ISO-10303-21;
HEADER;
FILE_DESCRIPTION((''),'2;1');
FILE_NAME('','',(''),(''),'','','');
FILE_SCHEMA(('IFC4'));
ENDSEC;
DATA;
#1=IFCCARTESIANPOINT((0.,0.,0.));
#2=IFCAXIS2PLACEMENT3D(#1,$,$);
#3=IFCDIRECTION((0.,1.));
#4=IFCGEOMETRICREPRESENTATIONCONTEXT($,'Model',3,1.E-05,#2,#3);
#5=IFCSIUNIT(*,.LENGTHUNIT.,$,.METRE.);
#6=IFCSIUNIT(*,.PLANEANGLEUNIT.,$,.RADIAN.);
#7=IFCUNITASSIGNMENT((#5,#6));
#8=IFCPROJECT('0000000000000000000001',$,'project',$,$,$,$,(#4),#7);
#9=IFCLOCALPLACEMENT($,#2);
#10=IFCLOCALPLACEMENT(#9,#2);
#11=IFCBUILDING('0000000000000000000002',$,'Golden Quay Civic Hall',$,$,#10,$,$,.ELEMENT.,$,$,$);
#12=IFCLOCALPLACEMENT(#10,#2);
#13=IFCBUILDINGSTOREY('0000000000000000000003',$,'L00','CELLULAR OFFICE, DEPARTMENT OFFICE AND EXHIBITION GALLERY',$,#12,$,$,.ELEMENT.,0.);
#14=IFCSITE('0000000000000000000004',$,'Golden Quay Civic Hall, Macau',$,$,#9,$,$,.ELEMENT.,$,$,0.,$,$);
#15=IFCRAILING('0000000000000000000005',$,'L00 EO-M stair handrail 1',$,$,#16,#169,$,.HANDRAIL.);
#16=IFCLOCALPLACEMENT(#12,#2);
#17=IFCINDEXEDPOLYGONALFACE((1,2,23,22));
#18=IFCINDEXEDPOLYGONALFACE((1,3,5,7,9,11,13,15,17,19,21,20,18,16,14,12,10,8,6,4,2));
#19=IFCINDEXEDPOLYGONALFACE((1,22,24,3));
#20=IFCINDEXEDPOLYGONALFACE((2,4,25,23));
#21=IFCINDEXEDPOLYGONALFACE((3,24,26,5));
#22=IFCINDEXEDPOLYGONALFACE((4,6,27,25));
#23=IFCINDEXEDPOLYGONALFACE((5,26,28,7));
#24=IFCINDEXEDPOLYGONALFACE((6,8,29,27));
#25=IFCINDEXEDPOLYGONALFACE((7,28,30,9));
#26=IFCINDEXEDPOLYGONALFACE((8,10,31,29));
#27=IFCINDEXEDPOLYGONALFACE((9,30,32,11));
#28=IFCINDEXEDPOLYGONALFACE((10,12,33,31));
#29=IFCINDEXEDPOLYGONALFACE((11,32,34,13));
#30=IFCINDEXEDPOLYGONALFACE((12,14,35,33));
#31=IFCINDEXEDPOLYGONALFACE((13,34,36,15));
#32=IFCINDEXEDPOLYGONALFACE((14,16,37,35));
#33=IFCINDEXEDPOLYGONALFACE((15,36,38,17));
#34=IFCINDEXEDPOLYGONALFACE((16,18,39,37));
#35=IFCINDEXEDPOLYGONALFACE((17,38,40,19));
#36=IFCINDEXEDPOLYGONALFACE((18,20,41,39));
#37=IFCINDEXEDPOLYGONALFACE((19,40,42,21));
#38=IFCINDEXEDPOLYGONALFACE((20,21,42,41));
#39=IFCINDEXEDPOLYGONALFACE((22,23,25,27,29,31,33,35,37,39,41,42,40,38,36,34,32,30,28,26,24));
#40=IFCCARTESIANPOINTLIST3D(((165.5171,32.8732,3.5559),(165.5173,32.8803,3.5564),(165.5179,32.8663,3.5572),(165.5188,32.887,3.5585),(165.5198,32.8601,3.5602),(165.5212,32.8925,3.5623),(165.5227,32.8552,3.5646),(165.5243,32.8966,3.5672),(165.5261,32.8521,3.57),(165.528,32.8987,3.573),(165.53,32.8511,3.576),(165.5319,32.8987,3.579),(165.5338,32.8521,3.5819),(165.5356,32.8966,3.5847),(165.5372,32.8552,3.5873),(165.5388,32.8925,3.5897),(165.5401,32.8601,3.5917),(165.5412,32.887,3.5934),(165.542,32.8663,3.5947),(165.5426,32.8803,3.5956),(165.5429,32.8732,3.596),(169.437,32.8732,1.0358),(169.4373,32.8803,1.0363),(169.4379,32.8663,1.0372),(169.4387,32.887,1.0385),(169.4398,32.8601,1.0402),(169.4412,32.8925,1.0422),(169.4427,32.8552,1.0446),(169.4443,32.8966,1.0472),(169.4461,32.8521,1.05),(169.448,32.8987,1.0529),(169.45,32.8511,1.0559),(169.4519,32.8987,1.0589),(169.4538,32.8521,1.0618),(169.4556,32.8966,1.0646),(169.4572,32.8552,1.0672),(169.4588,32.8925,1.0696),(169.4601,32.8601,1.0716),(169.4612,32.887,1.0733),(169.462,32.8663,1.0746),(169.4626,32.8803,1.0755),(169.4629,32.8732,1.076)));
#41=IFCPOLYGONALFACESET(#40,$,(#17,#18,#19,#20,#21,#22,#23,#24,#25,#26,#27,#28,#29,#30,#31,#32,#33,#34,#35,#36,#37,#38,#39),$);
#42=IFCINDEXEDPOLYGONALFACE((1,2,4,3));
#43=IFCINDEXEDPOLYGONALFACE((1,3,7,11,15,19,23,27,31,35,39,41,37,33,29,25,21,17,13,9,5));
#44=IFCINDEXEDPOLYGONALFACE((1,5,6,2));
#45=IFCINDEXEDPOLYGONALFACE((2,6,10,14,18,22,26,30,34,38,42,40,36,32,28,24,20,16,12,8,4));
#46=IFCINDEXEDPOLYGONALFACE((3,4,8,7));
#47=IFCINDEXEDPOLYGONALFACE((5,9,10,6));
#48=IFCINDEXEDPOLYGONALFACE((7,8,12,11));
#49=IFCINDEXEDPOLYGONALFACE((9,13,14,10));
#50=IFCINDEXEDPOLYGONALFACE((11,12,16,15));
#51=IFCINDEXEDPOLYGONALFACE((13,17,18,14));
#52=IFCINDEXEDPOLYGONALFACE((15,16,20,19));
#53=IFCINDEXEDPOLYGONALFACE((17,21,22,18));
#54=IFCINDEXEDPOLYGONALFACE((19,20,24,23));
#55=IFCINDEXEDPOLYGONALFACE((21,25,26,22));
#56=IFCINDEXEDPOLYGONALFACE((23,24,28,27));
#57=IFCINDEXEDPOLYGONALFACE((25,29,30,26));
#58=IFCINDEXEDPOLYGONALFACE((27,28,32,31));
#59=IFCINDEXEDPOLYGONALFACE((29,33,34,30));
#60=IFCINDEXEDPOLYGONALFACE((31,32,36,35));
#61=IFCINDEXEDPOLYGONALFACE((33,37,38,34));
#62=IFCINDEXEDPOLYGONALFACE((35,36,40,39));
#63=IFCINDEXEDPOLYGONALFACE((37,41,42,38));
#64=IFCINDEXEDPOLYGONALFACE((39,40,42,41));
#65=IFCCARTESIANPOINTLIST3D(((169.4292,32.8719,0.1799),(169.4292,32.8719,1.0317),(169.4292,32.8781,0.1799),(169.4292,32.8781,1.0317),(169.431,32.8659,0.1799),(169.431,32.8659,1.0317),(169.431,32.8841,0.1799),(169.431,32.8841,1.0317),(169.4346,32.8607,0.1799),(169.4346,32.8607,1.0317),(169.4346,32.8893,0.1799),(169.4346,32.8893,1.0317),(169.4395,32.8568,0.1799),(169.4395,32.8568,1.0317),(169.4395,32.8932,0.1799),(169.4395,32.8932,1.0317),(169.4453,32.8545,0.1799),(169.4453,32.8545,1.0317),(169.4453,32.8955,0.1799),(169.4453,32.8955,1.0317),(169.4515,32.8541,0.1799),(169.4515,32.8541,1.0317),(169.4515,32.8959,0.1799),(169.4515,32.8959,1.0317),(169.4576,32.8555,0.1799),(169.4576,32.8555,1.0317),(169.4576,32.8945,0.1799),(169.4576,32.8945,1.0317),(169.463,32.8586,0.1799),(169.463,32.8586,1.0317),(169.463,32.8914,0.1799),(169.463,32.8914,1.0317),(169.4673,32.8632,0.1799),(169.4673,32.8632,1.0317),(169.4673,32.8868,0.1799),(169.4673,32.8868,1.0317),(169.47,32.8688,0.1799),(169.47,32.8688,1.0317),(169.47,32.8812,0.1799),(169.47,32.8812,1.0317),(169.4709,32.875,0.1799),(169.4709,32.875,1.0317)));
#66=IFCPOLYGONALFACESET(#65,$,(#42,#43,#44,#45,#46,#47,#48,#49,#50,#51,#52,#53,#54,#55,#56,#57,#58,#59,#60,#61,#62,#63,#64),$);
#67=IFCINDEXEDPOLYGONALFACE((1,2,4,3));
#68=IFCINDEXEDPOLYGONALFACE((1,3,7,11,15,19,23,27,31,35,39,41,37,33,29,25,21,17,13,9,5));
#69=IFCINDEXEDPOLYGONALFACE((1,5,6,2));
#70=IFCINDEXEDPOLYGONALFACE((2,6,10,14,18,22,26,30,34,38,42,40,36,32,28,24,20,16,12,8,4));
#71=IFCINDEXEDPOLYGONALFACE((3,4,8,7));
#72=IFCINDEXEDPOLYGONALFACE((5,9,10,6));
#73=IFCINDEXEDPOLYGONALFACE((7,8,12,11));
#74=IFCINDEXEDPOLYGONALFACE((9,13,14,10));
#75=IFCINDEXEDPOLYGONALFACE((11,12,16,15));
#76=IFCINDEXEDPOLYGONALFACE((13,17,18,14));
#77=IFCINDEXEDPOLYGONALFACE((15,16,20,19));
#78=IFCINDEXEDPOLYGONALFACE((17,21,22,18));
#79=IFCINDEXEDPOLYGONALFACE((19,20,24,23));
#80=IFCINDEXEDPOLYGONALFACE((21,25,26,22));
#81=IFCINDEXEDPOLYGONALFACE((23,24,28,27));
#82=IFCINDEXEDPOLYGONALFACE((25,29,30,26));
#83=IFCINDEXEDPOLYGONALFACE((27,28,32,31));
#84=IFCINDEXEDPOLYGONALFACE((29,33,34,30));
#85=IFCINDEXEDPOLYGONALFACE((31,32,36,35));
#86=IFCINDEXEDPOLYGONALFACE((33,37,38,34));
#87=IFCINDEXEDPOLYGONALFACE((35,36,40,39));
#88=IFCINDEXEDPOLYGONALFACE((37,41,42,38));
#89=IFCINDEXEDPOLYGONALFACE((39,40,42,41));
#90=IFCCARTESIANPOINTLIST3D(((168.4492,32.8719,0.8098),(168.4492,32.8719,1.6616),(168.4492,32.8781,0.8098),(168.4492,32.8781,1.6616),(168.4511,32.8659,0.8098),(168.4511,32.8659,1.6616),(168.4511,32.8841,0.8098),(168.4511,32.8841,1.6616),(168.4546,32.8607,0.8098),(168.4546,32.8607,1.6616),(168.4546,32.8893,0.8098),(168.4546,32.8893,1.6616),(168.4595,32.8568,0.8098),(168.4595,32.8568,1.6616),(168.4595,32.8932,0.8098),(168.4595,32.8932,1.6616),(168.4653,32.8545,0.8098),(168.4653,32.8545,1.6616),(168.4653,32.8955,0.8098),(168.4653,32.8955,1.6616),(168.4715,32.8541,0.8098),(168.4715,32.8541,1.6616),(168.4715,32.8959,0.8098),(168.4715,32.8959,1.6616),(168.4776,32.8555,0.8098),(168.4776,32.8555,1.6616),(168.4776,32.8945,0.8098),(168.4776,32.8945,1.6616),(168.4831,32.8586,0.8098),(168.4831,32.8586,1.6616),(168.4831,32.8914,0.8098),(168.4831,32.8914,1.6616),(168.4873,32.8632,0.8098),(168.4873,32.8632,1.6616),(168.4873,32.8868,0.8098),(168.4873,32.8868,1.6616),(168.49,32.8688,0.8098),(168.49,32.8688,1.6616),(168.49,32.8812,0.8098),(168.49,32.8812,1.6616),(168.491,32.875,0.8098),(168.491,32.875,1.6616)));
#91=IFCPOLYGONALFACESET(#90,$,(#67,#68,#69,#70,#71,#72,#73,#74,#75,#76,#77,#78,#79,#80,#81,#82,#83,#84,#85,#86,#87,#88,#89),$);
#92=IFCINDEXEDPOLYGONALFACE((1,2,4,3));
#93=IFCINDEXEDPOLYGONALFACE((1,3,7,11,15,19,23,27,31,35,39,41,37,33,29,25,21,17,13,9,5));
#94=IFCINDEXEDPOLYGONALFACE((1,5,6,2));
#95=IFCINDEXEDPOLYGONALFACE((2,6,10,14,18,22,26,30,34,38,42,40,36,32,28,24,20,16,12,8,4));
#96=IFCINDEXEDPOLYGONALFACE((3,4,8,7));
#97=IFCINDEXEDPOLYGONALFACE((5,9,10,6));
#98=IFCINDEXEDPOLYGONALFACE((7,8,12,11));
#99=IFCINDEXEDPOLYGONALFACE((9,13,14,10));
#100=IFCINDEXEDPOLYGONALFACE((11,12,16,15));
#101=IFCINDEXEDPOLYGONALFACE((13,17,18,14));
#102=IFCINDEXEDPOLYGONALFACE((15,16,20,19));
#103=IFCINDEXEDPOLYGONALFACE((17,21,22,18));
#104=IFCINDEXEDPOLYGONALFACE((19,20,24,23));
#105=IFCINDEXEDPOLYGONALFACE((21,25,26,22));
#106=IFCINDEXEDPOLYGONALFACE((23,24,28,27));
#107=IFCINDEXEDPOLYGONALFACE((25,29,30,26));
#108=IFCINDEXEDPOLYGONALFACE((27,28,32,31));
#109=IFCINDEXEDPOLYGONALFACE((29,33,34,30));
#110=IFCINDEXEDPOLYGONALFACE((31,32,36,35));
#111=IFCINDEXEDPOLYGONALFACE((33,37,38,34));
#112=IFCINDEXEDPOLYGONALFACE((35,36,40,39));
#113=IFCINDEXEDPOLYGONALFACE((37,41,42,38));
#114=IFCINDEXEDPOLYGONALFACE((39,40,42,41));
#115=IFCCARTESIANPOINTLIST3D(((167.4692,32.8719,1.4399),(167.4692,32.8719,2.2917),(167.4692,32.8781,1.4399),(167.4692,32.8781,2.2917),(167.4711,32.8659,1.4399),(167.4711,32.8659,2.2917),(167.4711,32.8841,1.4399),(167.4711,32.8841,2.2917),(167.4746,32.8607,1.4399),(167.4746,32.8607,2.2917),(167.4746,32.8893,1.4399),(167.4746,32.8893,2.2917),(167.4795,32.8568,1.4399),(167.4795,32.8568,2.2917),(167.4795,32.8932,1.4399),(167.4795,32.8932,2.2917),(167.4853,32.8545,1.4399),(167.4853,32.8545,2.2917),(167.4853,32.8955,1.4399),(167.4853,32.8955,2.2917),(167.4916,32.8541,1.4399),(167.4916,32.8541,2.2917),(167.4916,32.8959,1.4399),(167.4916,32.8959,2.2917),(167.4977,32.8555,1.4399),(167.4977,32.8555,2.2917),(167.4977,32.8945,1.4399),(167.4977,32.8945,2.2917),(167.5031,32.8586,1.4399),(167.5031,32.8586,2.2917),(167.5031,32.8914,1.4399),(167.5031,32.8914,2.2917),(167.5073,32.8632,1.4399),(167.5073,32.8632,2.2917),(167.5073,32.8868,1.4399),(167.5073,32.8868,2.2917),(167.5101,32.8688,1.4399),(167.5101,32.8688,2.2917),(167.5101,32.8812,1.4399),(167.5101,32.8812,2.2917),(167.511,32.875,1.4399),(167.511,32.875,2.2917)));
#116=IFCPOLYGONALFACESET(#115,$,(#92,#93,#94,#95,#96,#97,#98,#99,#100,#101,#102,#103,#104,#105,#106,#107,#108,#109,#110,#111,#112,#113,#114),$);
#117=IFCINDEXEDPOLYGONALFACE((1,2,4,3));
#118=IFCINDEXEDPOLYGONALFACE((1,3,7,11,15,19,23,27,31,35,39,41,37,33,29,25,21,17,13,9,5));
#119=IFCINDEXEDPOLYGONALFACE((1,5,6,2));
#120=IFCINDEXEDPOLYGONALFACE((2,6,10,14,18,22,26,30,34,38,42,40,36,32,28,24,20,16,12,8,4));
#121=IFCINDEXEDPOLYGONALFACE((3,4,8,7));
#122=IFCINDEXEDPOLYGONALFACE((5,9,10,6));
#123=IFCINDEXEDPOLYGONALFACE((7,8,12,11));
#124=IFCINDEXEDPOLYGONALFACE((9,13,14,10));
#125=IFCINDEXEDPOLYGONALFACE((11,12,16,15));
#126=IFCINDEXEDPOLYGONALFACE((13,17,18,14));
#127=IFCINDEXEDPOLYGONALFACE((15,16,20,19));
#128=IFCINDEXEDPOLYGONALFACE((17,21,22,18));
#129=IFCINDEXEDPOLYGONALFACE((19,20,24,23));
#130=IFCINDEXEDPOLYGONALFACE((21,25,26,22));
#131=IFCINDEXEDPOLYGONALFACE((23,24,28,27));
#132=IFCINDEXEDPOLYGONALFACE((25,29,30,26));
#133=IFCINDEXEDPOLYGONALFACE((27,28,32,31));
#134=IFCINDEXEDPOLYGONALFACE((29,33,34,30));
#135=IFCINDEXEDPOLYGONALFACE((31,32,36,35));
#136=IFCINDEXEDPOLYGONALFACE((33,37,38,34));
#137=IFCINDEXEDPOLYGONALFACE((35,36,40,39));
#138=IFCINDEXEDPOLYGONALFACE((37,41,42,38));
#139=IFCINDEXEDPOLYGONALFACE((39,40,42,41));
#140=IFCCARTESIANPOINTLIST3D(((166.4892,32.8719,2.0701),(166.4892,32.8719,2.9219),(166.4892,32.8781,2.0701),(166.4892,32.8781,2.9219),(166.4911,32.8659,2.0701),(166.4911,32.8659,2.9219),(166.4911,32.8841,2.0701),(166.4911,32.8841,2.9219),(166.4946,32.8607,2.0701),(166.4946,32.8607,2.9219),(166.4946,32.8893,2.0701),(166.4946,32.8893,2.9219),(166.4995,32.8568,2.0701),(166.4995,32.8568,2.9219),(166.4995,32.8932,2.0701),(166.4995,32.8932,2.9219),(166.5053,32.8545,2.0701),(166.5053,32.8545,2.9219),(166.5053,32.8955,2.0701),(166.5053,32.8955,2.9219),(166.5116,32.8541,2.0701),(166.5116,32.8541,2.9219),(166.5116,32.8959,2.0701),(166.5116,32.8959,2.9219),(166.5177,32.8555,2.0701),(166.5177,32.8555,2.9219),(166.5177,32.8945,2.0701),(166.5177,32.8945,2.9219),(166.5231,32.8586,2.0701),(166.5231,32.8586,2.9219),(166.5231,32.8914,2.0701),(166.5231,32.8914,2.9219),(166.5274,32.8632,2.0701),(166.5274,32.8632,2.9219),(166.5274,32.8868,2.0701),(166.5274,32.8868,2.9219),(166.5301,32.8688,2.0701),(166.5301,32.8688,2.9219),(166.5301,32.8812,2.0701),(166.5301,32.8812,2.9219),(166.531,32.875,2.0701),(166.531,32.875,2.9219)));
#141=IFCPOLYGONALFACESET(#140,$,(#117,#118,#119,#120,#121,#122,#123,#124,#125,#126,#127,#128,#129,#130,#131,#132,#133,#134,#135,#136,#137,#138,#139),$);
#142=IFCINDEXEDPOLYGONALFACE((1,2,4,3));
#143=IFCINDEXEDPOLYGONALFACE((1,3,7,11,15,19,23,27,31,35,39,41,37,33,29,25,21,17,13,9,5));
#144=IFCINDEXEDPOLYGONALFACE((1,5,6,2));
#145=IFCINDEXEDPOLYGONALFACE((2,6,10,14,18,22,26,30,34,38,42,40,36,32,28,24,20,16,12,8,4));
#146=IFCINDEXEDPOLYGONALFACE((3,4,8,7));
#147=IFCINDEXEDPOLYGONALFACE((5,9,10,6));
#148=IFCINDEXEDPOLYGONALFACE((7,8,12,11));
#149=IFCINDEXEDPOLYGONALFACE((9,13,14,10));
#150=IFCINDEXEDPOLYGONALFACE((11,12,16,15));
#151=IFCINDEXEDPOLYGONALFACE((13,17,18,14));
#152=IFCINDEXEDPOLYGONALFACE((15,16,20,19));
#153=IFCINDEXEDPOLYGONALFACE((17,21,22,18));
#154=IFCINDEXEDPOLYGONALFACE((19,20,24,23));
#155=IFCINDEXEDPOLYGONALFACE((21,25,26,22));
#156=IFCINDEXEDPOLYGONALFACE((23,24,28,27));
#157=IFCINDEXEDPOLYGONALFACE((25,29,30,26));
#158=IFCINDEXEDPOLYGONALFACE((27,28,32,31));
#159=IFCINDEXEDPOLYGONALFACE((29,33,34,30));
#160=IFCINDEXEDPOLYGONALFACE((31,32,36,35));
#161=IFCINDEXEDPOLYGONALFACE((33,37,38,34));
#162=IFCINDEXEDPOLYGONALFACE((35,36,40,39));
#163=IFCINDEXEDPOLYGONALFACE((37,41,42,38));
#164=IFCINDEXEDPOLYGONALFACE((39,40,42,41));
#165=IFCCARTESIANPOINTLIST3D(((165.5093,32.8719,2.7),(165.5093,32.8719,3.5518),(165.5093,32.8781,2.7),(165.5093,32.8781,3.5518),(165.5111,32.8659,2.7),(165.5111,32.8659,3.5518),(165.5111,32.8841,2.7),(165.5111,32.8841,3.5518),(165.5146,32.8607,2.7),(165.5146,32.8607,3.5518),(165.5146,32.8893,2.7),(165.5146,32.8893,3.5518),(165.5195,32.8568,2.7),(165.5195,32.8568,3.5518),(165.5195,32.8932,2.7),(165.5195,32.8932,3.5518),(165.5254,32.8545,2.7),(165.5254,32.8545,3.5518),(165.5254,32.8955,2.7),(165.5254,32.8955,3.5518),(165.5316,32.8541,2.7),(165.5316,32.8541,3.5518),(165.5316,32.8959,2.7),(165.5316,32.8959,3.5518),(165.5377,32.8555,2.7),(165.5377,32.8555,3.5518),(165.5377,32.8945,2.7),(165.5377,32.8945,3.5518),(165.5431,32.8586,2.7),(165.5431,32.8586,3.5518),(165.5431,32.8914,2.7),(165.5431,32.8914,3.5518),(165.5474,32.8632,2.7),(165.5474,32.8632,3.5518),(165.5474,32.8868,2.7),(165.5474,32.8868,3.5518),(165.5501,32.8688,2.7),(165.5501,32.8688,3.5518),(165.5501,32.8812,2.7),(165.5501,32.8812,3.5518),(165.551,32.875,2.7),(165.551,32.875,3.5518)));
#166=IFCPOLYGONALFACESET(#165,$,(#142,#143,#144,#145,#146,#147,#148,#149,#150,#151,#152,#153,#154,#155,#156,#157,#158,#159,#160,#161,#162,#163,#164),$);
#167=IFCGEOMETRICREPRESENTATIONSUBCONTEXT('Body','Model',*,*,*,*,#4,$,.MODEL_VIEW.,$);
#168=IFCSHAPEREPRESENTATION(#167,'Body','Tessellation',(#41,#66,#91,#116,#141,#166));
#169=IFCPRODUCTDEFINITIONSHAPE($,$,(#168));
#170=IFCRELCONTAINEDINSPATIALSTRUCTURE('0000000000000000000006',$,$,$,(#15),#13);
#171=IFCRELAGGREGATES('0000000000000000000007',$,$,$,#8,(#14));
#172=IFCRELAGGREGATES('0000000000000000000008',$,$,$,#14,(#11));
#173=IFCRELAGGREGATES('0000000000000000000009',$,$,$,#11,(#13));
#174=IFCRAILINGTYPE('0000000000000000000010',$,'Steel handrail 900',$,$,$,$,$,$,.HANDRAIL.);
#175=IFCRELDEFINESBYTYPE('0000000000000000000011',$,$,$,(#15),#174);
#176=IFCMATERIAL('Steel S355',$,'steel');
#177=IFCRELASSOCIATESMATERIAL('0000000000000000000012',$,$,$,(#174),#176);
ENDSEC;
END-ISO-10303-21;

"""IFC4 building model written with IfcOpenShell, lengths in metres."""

from ifc_helpers import new_model, si_unit, direction, frame, origin, origin_2d, place, context, subcontext, project, spatial, circle, extrude, material, type_object, element, save


model = new_model("IFC4")

# Units and contexts
model_context = context("Model", 3, precision=1e-05, world=origin(), true_north=direction((0.0, 1.0)))
body_context = subcontext(model_context, "Body", "Model", "MODEL_VIEW")
ifc_project = project(units=[si_unit("LENGTHUNIT", "METRE"), si_unit("PLANEANGLEUNIT", "RADIAN")], contexts=[model_context])

# Site, building, storey
site_placement = place(None, origin())
site = spatial("IfcSite", under=ifc_project, at=site_placement, Name="Golden Quay Civic Hall, Macau", CompositionType="ELEMENT", RefElevation=0.0)
building_placement = place(site_placement, origin())
building = spatial("IfcBuilding", under=site, at=building_placement, Name="Golden Quay Civic Hall", CompositionType="ELEMENT")
storey_placement = place(building_placement, origin())
storey = spatial("IfcBuildingStorey", under=building, at=storey_placement, Name="L00", Description="CELLULAR OFFICE, DEPARTMENT OFFICE AND EXHIBITION GALLERY", CompositionType="ELEMENT", Elevation=0.0)

# Railing
ifc_material_1 = material(Name="Steel S355", Category="steel")
railing_type_1 = type_object("IfcRailingType", Name="Steel handrail 900", PredefinedType="HANDRAIL", material=ifc_material_1)
railing_1_placement = place(storey_placement, frame((169.45, 32.875, 0.1799)))
element("IfcRailing", 1, at=railing_1_placement, inside=storey, type_object=railing_type_1, Name="L00 EO-M stair handrail 1", PredefinedType="HANDRAIL", context=body_context, shape_type="SweptSolid", body=[
    extrude(circle(Radius=0.0239, at=origin_2d()), frame((0.0, 0.0, 0.876), z_axis=(-0.841172, 0.0, 0.540768), x_axis=(0.0, -1.0, 0.0)), (0.0, 0.0, 1.0), 4.6602),
    extrude(circle(Radius=0.021, at=origin_2d()), origin(), (0.0, 0.0, 1.0), 0.8518),
    extrude(circle(Radius=0.021, at=origin_2d()), frame((-0.98, 0.0, 0.6299)), (0.0, 0.0, 1.0), 0.8518),
    extrude(circle(Radius=0.021, at=origin_2d()), frame((-1.96, 0.0, 1.26)), (0.0, 0.0, 1.0), 0.8518),
    extrude(circle(Radius=0.021, at=origin_2d()), frame((-2.9399, 0.0, 1.8901)), (0.0, 0.0, 1.0), 0.8518),
    extrude(circle(Radius=0.021, at=origin_2d()), frame((-3.9199, 0.0, 2.52)), (0.0, 0.0, 1.0), 0.8518),
])

save(model, "model.ifc")
